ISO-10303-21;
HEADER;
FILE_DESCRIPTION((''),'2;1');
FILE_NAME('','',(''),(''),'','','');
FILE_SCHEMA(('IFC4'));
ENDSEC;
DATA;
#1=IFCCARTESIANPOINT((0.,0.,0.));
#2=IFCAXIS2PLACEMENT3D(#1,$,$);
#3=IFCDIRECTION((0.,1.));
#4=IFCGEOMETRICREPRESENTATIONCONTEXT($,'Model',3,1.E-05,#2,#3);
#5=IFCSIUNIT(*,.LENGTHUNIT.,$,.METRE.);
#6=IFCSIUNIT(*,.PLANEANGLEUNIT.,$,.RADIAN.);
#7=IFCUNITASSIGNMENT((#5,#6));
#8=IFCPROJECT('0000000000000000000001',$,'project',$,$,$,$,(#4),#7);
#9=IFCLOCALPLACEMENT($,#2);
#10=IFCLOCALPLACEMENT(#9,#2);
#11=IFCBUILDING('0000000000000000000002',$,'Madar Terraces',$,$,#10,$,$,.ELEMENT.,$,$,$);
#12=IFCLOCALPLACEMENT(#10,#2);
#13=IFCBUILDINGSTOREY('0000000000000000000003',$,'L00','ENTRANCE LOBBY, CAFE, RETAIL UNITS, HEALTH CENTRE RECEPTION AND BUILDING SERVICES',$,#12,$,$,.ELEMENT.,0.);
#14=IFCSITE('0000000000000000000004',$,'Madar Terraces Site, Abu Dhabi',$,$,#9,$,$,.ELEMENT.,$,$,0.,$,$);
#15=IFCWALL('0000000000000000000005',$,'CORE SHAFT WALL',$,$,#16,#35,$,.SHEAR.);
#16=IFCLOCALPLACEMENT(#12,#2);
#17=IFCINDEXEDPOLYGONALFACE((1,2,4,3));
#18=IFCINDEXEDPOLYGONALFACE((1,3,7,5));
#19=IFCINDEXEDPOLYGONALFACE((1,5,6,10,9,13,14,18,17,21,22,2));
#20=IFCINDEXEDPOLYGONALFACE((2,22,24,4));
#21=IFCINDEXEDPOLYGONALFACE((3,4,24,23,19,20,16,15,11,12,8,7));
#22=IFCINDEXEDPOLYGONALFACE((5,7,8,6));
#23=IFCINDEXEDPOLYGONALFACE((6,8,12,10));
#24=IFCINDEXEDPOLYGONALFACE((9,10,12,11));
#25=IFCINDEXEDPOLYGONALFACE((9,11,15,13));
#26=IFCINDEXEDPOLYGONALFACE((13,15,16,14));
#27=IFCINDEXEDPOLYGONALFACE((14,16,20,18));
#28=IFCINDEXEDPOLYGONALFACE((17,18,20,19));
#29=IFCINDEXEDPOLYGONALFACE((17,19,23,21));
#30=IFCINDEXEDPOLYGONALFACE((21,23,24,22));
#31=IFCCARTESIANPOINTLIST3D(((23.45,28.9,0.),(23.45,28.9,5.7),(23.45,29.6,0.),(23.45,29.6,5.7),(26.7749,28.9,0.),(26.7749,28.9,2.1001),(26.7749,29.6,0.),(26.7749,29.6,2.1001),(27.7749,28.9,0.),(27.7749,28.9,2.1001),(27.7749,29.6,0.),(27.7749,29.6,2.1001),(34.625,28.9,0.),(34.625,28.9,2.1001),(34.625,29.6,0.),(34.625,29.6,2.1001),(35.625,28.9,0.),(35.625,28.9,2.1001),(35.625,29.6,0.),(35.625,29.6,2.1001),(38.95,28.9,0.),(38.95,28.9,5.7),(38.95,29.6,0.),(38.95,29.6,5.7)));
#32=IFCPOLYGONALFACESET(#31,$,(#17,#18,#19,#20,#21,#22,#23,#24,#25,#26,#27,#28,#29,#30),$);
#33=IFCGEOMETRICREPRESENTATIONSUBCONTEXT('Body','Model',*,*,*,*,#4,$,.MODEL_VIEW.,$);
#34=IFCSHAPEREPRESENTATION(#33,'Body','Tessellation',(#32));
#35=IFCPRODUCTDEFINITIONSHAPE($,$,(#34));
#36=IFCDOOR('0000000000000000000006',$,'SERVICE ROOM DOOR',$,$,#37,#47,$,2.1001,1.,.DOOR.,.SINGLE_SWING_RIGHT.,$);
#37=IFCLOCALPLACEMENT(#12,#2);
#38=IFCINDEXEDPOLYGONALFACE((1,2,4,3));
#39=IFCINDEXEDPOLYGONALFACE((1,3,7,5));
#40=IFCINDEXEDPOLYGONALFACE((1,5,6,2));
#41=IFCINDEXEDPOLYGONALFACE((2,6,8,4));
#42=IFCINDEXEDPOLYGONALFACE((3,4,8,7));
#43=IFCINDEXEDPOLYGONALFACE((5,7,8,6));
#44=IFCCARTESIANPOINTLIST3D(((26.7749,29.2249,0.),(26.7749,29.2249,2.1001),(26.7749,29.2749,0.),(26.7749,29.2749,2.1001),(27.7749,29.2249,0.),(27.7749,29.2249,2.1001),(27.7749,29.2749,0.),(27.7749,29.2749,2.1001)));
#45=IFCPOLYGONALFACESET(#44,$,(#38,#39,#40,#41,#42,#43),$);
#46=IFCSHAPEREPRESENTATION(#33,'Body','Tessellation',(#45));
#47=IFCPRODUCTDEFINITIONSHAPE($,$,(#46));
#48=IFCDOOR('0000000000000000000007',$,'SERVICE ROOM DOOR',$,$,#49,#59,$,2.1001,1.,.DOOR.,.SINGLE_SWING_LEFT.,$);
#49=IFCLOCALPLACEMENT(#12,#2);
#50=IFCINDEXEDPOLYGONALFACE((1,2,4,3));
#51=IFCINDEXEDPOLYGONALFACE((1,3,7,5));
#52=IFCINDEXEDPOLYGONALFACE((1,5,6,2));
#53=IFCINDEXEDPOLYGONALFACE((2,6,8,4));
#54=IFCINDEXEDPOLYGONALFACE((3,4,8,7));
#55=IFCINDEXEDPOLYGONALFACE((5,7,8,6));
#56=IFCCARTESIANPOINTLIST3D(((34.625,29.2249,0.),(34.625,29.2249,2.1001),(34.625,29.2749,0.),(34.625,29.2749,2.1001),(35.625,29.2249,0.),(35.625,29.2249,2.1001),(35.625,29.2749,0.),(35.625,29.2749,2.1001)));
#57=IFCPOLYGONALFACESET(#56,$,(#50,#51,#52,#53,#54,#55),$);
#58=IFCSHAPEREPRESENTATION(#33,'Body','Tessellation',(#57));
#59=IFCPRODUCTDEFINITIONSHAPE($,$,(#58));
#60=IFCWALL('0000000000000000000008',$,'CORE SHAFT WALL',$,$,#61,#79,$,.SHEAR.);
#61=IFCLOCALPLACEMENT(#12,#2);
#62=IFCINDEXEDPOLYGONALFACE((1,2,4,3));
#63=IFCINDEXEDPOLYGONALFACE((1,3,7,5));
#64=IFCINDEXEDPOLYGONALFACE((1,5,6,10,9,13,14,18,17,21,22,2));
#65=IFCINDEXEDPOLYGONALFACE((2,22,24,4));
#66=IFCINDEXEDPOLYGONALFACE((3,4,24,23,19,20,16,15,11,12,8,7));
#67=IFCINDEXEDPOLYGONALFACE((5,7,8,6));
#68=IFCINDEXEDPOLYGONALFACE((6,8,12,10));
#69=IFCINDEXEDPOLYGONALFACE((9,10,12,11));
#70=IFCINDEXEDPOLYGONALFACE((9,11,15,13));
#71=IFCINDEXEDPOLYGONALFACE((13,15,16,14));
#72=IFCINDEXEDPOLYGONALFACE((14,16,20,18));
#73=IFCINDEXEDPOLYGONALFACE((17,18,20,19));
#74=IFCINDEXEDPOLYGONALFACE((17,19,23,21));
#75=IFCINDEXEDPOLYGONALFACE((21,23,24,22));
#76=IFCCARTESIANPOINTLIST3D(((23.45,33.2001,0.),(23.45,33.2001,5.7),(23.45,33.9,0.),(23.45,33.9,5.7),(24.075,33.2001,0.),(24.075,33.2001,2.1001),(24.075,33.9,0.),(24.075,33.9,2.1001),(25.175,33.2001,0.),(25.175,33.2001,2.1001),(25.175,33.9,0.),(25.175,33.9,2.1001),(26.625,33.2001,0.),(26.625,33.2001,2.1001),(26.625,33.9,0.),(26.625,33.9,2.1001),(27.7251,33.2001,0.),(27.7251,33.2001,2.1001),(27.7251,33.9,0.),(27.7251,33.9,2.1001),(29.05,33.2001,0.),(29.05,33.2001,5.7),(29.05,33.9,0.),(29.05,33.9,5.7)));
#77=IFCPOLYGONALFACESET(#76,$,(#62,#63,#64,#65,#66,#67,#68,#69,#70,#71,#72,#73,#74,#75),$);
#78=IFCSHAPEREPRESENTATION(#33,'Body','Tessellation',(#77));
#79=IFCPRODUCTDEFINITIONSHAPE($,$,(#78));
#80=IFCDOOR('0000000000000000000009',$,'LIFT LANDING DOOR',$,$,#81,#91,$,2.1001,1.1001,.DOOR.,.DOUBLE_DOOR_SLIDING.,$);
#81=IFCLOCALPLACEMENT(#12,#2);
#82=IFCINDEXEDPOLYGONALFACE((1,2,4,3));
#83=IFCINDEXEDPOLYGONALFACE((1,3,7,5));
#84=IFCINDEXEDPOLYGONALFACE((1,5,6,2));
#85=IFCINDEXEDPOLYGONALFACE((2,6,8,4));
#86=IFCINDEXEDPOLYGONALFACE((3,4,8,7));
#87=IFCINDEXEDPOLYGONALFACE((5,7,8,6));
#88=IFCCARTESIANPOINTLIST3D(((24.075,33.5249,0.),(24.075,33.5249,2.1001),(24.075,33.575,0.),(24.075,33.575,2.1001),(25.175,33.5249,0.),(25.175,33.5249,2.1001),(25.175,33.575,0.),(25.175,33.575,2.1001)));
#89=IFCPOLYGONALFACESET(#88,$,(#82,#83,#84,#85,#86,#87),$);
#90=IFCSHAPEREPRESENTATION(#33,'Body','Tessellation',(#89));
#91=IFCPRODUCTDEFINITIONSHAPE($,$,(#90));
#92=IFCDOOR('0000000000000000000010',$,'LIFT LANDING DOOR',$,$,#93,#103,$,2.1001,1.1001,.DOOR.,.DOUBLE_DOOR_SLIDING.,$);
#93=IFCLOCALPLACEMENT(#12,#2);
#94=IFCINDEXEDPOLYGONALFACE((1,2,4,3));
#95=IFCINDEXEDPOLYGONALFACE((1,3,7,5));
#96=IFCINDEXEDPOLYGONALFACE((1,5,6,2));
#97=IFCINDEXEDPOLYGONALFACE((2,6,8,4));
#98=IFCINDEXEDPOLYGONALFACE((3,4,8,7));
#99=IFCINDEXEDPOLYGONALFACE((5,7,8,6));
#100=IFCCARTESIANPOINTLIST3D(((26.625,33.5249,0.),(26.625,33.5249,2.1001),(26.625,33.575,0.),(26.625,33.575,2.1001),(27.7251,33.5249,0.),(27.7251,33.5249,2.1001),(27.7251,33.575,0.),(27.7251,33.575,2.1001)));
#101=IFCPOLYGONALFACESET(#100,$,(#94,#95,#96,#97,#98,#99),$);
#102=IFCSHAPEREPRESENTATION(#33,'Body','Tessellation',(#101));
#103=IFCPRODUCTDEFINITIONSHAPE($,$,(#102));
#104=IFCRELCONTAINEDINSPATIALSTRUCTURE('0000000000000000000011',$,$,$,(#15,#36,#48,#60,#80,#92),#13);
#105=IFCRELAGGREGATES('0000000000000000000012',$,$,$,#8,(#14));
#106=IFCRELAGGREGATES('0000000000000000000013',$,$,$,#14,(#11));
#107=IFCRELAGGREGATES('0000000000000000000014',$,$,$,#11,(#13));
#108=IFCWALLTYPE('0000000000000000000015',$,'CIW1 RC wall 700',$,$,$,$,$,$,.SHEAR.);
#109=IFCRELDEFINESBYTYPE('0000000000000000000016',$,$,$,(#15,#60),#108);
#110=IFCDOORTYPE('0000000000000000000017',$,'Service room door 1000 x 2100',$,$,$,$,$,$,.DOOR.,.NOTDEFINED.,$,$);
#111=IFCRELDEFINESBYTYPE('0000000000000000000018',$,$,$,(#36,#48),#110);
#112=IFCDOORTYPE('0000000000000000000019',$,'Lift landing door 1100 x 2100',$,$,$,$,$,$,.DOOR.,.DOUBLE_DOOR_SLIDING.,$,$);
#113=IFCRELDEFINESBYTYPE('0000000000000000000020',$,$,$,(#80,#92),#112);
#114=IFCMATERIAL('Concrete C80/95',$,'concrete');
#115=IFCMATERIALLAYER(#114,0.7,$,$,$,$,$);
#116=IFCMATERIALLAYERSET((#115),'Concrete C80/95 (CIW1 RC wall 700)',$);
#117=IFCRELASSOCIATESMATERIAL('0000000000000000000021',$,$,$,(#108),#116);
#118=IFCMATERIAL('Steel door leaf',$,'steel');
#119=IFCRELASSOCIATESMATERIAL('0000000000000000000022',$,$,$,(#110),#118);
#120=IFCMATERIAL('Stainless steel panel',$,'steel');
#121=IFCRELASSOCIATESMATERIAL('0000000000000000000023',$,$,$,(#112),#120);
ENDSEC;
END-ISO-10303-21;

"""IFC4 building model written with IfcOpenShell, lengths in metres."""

from ifc_helpers import new_model, si_unit, direction, frame, frame_2d, origin, place, context, subcontext, project, spatial, rectangle, extrude, material, layer, layer_set, type_object, element, fill, save


model = new_model("IFC4")

# Units and contexts
model_context = context("Model", 3, precision=1e-05, world=origin(), true_north=direction((0.0, 1.0)))
body_context = subcontext(model_context, "Body", "Model", "MODEL_VIEW")
ifc_project = project(units=[si_unit("LENGTHUNIT", "METRE"), si_unit("PLANEANGLEUNIT", "RADIAN")], contexts=[model_context])

# Site, building, storey
site_placement = place(None, origin())
site = spatial("IfcSite", under=ifc_project, at=site_placement, Name="Madar Terraces Site, Abu Dhabi", CompositionType="ELEMENT", RefElevation=0.0)
building_placement = place(site_placement, origin())
building = spatial("IfcBuilding", under=site, at=building_placement, Name="Madar Terraces", CompositionType="ELEMENT")
storey_placement = place(building_placement, origin())
storey = spatial("IfcBuildingStorey", under=building, at=storey_placement, Name="L00", Description="ENTRANCE LOBBY, CAFE, RETAIL UNITS, HEALTH CENTRE RECEPTION AND BUILDING SERVICES", CompositionType="ELEMENT", Elevation=0.0)

# Shared definitions
ifc_material_1 = material(Name="Concrete C80/95", Category="concrete")
ifc_layer_1 = layer(ifc_material_1, 0.7)
ifc_layer_set_1 = layer_set([ifc_layer_1], Name="Concrete C80/95 (CIW1 RC wall 700)")
wall_type_1 = type_object("IfcWallType", Name="CIW1 RC wall 700", PredefinedType="SHEAR", material=ifc_layer_set_1)

# Walls, openings, doors
wall_1_placement = place(storey_placement, frame((23.45, 29.25, 0.0), z_axis=(0.0, 0.0, 1.0), x_axis=(1.0, 0.0, 0.0)))
wall_1 = element("IfcWall", 1, at=wall_1_placement, inside=storey, type_object=wall_type_1, Name="CORE SHAFT WALL", PredefinedType="SHEAR", context=body_context, shape_type="SweptSolid", body=[
    extrude(rectangle(XDim=15.5, YDim=0.7, at=frame_2d((7.75, 0.0))), origin(), (0.0, 0.0, 1.0), 5.7),
])
opening_1_placement = place(wall_1_placement, frame((3.325, 0.0, 0.0)))
opening_1 = element("IfcOpeningElement", 2, at=opening_1_placement, cuts=wall_1, PredefinedType="OPENING", context=body_context, shape_type="SweptSolid", body=[
    extrude(rectangle(XDim=1.0, YDim=2.1001, at=frame_2d((0.5, 1.05))), frame((0.0, 0.3599, 0.0), z_axis=(0.0, -1.0, 0.0), x_axis=(1.0, 0.0, 0.0)), (0.0, 0.0, 1.0), 0.72),
])
opening_2_placement = place(wall_1_placement, frame((11.175, 0.0, 0.0)))
opening_2 = element("IfcOpeningElement", 3, at=opening_2_placement, cuts=wall_1, PredefinedType="OPENING", context=body_context, shape_type="SweptSolid", body=[
    extrude(rectangle(XDim=1.0, YDim=2.1001, at=frame_2d((0.5, 1.05))), frame((0.0, 0.3599, 0.0), z_axis=(0.0, -1.0, 0.0), x_axis=(1.0, 0.0, 0.0)), (0.0, 0.0, 1.0), 0.72),
])
ifc_material_2 = material(Name="Steel door leaf", Category="steel")
door_type_1 = type_object("IfcDoorType", Name="Service room door 1000 x 2100", OperationType="NOTDEFINED", PredefinedType="DOOR", material=ifc_material_2)
door_1_placement = place(opening_1_placement, origin())
door_1 = element("IfcDoor", 4, at=door_1_placement, inside=storey, type_object=door_type_1, Name="SERVICE ROOM DOOR", OperationType="SINGLE_SWING_RIGHT", OverallHeight=2.1001, OverallWidth=1.0, PredefinedType="DOOR", context=body_context, shape_type="SweptSolid", body=[
    extrude(rectangle(XDim=1.0, YDim=2.1001, at=frame_2d((0.5, 1.05))), frame((0.0, 0.0249, 0.0), z_axis=(0.0, -1.0, 0.0), x_axis=(1.0, 0.0, 0.0)), (0.0, 0.0, 1.0), 0.05),
])
fill(opening_1, door_1)
door_2_placement = place(opening_2_placement, origin())
door_2 = element("IfcDoor", 5, at=door_2_placement, inside=storey, type_object=door_type_1, Name="SERVICE ROOM DOOR", OperationType="SINGLE_SWING_LEFT", OverallHeight=2.1001, OverallWidth=1.0, PredefinedType="DOOR", context=body_context, shape_type="SweptSolid", body=[
    extrude(rectangle(XDim=1.0, YDim=2.1001, at=frame_2d((0.5, 1.05))), frame((0.0, 0.0249, 0.0), z_axis=(0.0, -1.0, 0.0), x_axis=(1.0, 0.0, 0.0)), (0.0, 0.0, 1.0), 0.05),
])
fill(opening_2, door_2)
wall_2_placement = place(storey_placement, frame((23.45, 33.55, 0.0), z_axis=(0.0, 0.0, 1.0), x_axis=(1.0, 0.0, 0.0)))
wall_2 = element("IfcWall", 6, at=wall_2_placement, inside=storey, type_object=wall_type_1, Name="CORE SHAFT WALL", PredefinedType="SHEAR", context=body_context, shape_type="SweptSolid", body=[
    extrude(rectangle(XDim=5.6001, YDim=0.7, at=frame_2d((2.8, 0.0))), origin(), (0.0, 0.0, 1.0), 5.7),
])
opening_3_placement = place(wall_2_placement, frame((0.625, 0.0, 0.0)))
opening_3 = element("IfcOpeningElement", 7, at=opening_3_placement, cuts=wall_2, PredefinedType="OPENING", context=body_context, shape_type="SweptSolid", body=[
    extrude(rectangle(XDim=1.1001, YDim=2.1001, at=frame_2d((0.55, 1.05))), frame((0.0, 0.3599, 0.0), z_axis=(0.0, -1.0, 0.0), x_axis=(1.0, 0.0, 0.0)), (0.0, 0.0, 1.0), 0.72),
])
opening_4_placement = place(wall_2_placement, frame((3.175, 0.0, 0.0)))
opening_4 = element("IfcOpeningElement", 8, at=opening_4_placement, cuts=wall_2, PredefinedType="OPENING", context=body_context, shape_type="SweptSolid", body=[
    extrude(rectangle(XDim=1.1001, YDim=2.1001, at=frame_2d((0.55, 1.05))), frame((0.0, 0.3599, 0.0), z_axis=(0.0, -1.0, 0.0), x_axis=(1.0, 0.0, 0.0)), (0.0, 0.0, 1.0), 0.72),
])
ifc_material_3 = material(Name="Stainless steel panel", Category="steel")
door_type_2 = type_object("IfcDoorType", Name="Lift landing door 1100 x 2100", OperationType="DOUBLE_DOOR_SLIDING", PredefinedType="DOOR", material=ifc_material_3)
door_3_placement = place(opening_3_placement, origin())
door_3 = element("IfcDoor", 9, at=door_3_placement, inside=storey, type_object=door_type_2, Name="LIFT LANDING DOOR", OperationType="DOUBLE_DOOR_SLIDING", OverallHeight=2.1001, OverallWidth=1.1001, PredefinedType="DOOR", context=body_context, shape_type="SweptSolid", body=[
    extrude(rectangle(XDim=1.1001, YDim=2.1001, at=frame_2d((0.55, 1.05))), frame((0.0, 0.0249, 0.0), z_axis=(0.0, -1.0, 0.0), x_axis=(1.0, 0.0, 0.0)), (0.0, 0.0, 1.0), 0.05),
])
fill(opening_3, door_3)
door_4_placement = place(opening_4_placement, origin())
door_4 = element("IfcDoor", 10, at=door_4_placement, inside=storey, type_object=door_type_2, Name="LIFT LANDING DOOR", OperationType="DOUBLE_DOOR_SLIDING", OverallHeight=2.1001, OverallWidth=1.1001, PredefinedType="DOOR", context=body_context, shape_type="SweptSolid", body=[
    extrude(rectangle(XDim=1.1001, YDim=2.1001, at=frame_2d((0.55, 1.05))), frame((0.0, 0.0249, 0.0), z_axis=(0.0, -1.0, 0.0), x_axis=(1.0, 0.0, 0.0)), (0.0, 0.0, 1.0), 0.05),
])
fill(opening_4, door_4)

save(model, "model.ifc")
